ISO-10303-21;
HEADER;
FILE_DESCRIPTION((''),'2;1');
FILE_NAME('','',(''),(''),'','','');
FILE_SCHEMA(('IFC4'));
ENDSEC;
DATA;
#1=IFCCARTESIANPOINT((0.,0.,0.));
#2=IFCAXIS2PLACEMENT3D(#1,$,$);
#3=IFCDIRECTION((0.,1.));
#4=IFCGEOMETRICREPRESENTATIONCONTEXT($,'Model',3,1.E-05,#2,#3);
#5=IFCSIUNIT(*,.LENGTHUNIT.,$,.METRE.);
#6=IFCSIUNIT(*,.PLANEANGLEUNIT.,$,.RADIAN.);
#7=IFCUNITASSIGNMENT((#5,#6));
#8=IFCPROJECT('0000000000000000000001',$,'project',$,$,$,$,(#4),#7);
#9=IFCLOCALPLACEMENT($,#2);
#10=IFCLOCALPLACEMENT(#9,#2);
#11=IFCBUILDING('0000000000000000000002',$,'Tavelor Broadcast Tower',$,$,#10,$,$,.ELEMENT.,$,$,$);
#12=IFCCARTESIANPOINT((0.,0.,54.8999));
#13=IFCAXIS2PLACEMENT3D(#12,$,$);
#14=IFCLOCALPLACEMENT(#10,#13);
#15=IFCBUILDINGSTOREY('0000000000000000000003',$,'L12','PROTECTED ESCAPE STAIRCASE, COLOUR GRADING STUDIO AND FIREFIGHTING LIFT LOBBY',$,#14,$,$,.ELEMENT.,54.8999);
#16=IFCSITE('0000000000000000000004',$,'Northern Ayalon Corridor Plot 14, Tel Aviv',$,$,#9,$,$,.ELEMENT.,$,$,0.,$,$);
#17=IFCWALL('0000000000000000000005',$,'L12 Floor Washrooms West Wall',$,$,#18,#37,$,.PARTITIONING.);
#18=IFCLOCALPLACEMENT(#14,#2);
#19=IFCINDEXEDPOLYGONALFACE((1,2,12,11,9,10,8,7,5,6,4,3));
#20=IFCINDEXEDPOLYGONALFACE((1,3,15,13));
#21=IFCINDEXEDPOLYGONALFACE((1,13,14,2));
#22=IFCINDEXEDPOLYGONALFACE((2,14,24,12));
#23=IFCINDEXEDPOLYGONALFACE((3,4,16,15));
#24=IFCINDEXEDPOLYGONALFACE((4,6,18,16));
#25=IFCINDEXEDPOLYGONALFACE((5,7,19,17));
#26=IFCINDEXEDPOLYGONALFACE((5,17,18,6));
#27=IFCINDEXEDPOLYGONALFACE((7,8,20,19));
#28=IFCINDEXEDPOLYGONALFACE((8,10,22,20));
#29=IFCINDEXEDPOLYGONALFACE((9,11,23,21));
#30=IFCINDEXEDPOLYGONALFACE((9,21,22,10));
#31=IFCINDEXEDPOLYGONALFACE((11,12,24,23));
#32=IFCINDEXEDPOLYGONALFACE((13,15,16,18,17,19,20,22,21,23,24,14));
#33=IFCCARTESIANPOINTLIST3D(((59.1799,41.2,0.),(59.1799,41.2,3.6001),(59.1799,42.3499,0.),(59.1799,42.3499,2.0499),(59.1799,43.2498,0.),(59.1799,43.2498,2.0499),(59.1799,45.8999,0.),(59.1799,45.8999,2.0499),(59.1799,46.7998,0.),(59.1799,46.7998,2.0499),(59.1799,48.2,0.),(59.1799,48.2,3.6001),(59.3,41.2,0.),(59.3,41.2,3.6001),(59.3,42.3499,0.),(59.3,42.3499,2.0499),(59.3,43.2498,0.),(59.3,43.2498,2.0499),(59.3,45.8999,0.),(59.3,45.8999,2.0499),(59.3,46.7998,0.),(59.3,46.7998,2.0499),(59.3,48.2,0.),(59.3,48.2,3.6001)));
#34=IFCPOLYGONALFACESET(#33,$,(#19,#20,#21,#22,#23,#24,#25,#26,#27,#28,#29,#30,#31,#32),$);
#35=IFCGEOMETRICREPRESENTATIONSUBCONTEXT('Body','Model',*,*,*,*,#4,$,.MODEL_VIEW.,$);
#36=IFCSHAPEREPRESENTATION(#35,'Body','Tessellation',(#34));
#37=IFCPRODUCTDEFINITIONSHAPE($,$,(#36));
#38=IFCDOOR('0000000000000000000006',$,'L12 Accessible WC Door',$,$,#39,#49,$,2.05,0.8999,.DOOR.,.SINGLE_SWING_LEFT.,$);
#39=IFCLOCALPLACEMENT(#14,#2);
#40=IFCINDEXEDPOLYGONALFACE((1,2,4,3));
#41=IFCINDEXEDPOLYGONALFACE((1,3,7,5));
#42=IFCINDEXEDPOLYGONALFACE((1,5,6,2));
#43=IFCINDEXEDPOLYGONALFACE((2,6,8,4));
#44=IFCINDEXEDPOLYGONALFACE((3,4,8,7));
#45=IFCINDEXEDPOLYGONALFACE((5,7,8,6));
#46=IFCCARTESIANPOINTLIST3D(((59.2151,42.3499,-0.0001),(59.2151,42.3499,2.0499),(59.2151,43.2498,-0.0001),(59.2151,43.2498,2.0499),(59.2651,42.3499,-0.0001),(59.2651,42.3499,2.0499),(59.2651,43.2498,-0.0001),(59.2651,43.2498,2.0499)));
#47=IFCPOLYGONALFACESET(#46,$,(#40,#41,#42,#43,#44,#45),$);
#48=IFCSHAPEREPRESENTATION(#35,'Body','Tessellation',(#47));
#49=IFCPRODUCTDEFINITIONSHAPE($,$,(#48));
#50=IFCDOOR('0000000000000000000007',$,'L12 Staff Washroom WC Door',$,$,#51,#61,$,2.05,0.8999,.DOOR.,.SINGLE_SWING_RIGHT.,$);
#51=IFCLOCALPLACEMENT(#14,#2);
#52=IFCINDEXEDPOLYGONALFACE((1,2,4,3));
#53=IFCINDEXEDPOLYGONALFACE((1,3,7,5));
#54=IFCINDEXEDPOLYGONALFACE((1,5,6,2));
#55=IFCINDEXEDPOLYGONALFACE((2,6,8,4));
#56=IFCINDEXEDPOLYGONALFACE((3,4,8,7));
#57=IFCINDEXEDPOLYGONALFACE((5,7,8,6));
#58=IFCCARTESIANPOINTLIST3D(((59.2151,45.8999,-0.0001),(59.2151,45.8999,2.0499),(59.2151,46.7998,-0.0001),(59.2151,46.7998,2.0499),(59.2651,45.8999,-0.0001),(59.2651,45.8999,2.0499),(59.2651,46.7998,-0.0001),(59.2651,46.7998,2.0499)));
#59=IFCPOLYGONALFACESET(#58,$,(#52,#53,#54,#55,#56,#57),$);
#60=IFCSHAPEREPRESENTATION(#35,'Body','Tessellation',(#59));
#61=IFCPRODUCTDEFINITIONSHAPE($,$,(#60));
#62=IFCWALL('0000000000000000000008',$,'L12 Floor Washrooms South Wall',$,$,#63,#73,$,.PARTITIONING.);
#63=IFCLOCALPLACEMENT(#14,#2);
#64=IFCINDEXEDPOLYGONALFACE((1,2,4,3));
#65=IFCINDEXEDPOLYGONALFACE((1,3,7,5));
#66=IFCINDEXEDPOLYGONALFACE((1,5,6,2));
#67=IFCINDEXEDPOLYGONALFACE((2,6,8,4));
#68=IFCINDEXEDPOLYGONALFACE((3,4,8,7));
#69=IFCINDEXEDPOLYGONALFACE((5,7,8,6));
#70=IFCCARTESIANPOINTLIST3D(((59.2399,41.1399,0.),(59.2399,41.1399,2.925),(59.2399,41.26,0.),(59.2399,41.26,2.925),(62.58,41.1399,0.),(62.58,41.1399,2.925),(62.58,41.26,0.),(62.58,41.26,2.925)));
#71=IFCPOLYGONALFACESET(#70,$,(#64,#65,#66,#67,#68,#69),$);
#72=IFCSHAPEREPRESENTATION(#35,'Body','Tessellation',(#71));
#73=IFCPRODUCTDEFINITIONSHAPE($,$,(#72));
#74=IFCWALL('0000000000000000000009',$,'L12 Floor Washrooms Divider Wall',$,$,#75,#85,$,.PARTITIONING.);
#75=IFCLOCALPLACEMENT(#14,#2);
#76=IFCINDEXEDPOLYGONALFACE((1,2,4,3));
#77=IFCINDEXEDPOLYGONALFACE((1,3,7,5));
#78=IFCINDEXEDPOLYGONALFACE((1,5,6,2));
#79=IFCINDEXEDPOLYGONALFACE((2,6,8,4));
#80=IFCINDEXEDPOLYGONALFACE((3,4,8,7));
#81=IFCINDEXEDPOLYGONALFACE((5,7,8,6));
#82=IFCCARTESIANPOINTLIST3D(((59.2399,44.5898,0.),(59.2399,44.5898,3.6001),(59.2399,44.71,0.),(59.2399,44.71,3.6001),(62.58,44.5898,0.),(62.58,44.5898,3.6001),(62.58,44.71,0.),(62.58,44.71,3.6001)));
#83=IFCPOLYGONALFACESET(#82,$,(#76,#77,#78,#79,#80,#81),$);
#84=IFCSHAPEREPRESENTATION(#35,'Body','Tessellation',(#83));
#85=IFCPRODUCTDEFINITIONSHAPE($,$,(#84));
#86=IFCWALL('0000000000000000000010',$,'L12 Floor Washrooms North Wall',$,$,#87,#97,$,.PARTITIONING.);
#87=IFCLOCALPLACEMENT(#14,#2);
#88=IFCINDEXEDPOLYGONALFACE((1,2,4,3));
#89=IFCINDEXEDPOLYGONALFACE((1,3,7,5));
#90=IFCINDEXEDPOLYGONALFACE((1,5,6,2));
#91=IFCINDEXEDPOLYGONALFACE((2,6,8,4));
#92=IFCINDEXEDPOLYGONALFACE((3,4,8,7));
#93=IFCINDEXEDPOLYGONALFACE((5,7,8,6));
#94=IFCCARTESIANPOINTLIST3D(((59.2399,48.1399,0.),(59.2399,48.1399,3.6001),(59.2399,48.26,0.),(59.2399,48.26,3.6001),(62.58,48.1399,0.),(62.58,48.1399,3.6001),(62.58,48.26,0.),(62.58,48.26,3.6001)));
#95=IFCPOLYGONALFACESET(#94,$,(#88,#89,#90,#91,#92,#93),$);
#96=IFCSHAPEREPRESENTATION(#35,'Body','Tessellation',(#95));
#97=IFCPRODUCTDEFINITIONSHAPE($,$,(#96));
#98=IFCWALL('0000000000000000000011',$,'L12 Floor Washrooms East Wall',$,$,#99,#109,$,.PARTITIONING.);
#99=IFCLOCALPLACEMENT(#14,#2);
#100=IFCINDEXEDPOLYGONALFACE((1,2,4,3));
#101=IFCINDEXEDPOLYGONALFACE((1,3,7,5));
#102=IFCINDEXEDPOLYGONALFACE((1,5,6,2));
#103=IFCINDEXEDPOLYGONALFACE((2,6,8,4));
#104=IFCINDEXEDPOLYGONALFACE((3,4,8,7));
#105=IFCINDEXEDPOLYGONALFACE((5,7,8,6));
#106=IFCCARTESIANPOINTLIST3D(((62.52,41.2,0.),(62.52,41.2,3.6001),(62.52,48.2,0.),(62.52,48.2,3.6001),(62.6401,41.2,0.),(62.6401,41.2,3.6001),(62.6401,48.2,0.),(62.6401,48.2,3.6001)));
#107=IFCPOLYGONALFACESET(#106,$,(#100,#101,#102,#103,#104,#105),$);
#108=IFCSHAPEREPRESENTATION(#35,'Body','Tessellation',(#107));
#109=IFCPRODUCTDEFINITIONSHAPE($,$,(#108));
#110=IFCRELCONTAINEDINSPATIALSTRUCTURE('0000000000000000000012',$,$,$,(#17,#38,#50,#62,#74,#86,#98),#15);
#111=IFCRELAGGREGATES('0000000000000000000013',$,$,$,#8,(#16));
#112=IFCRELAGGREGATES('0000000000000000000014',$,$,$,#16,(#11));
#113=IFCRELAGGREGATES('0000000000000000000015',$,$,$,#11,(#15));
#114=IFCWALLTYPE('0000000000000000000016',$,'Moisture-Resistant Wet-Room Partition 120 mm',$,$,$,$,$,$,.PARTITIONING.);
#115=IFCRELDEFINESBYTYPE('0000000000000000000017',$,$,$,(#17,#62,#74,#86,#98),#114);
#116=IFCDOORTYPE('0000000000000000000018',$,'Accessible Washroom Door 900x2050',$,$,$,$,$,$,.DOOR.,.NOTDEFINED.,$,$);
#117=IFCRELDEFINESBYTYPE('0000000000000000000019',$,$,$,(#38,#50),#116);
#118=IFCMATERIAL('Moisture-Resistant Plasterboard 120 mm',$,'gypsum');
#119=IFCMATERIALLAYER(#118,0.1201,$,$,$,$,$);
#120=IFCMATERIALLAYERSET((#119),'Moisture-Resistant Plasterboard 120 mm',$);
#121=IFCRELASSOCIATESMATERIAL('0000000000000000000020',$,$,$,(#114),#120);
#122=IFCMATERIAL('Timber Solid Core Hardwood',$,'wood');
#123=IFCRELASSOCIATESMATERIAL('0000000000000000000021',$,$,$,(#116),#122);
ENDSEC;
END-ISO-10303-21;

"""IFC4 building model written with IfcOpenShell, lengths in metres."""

from ifc_helpers import new_model, si_unit, direction, frame, frame_2d, origin, place, context, subcontext, project, spatial, rectangle, extrude, material, layer, layer_set, type_object, element, fill, save


model = new_model("IFC4")

# Units and contexts
model_context = context("Model", 3, precision=1e-05, world=origin(), true_north=direction((0.0, 1.0)))
body_context = subcontext(model_context, "Body", "Model", "MODEL_VIEW")
ifc_project = project(units=[si_unit("LENGTHUNIT", "METRE"), si_unit("PLANEANGLEUNIT", "RADIAN")], contexts=[model_context])

# Site, building, storey
site_placement = place(None, origin())
site = spatial("IfcSite", under=ifc_project, at=site_placement, Name="Northern Ayalon Corridor Plot 14, Tel Aviv", CompositionType="ELEMENT", RefElevation=0.0)
building_placement = place(site_placement, origin())
building = spatial("IfcBuilding", under=site, at=building_placement, Name="Tavelor Broadcast Tower", CompositionType="ELEMENT")
storey_placement = place(building_placement, frame((0.0, 0.0, 54.8999)))
storey = spatial("IfcBuildingStorey", under=building, at=storey_placement, Name="L12", Description="PROTECTED ESCAPE STAIRCASE, COLOUR GRADING STUDIO AND FIREFIGHTING LIFT LOBBY", CompositionType="ELEMENT", Elevation=54.8999)

# Shared definitions
ifc_material_1 = material(Name="Timber Solid Core Hardwood", Category="wood")

# Wall, openings, doors
ifc_material_2 = material(Name="Moisture-Resistant Plasterboard 120 mm", Category="gypsum")
ifc_layer_1 = layer(ifc_material_2, 0.1201)
ifc_layer_set_1 = layer_set([ifc_layer_1], Name="Moisture-Resistant Plasterboard 120 mm")
wall_type_1 = type_object("IfcWallType", Name="Moisture-Resistant Wet-Room Partition 120 mm", PredefinedType="PARTITIONING", material=ifc_layer_set_1)
wall_1_placement = place(storey_placement, frame((59.24, 41.2, 0.0), z_axis=(0.0, 0.0, 1.0), x_axis=(0.0, 1.0, 0.0)))
wall_1 = element("IfcWall", 1, at=wall_1_placement, inside=storey, type_object=wall_type_1, Name="L12 Floor Washrooms West Wall", PredefinedType="PARTITIONING", context=body_context, shape_type="SweptSolid", body=[
    extrude(rectangle(XDim=7.0, YDim=0.1201, at=frame_2d((3.5, 0.0))), origin(), (0.0, 0.0, 1.0), 3.6001),
])
opening_1_placement = place(wall_1_placement, frame((1.1499, 0.0, 0.0)))
opening_1 = element("IfcOpeningElement", 2, at=opening_1_placement, cuts=wall_1, PredefinedType="OPENING", context=body_context, shape_type="SweptSolid", body=[
    extrude(rectangle(XDim=0.8999, YDim=2.05, at=frame_2d((0.45, 1.0249))), frame((0.0, 0.0701, 0.0), z_axis=(0.0, -1.0, 0.0), x_axis=(1.0, 0.0, 0.0)), (0.0, 0.0, 1.0), 0.1401),
])
opening_2_placement = place(wall_1_placement, frame((4.7, 0.0, 0.0)))
opening_2 = element("IfcOpeningElement", 3, at=opening_2_placement, cuts=wall_1, PredefinedType="OPENING", context=body_context, shape_type="SweptSolid", body=[
    extrude(rectangle(XDim=0.8999, YDim=2.05, at=frame_2d((0.45, 1.0249))), frame((0.0, 0.0701, 0.0), z_axis=(0.0, -1.0, 0.0), x_axis=(1.0, 0.0, 0.0)), (0.0, 0.0, 1.0), 0.1401),
])
door_type_1 = type_object("IfcDoorType", Name="Accessible Washroom Door 900x2050", OperationType="NOTDEFINED", PredefinedType="DOOR", material=ifc_material_1)
door_1_placement = place(opening_1_placement, origin())
door_1 = element("IfcDoor", 4, at=door_1_placement, inside=storey, type_object=door_type_1, Name="L12 Accessible WC Door", OperationType="SINGLE_SWING_LEFT", OverallHeight=2.05, OverallWidth=0.8999, PredefinedType="DOOR", context=body_context, shape_type="SweptSolid", body=[
    extrude(rectangle(XDim=0.8999, YDim=2.05, at=frame_2d((0.45, 1.0249))), frame((0.0, 0.0249, 0.0), z_axis=(0.0, -1.0, 0.0), x_axis=(1.0, 0.0, 0.0)), (0.0, 0.0, 1.0), 0.05),
])
fill(opening_1, door_1)
door_2_placement = place(opening_2_placement, origin())
door_2 = element("IfcDoor", 5, at=door_2_placement, inside=storey, type_object=door_type_1, Name="L12 Staff Washroom WC Door", OperationType="SINGLE_SWING_RIGHT", OverallHeight=2.05, OverallWidth=0.8999, PredefinedType="DOOR", context=body_context, shape_type="SweptSolid", body=[
    extrude(rectangle(XDim=0.8999, YDim=2.05, at=frame_2d((0.45, 1.0249))), frame((0.0, 0.0249, 0.0), z_axis=(0.0, -1.0, 0.0), x_axis=(1.0, 0.0, 0.0)), (0.0, 0.0, 1.0), 0.05),
])
fill(opening_2, door_2)

# Walls
wall_2_placement = place(storey_placement, frame((59.24, 41.2, 0.0), z_axis=(0.0, 0.0, 1.0), x_axis=(1.0, 0.0, 0.0)))
element("IfcWall", 6, at=wall_2_placement, inside=storey, type_object=wall_type_1, Name="L12 Floor Washrooms South Wall", PredefinedType="PARTITIONING", context=body_context, shape_type="SweptSolid", body=[
    extrude(rectangle(XDim=3.3401, YDim=0.1201, at=frame_2d((1.6699, 0.0))), origin(), (0.0, 0.0, 1.0), 2.925),
])
for number, where, z_axis, x_axis, name in (
    (7, (59.24, 44.6499, 0.0), (0.0, 0.0, 1.0), (1.0, 0.0, 0.0), "L12 Floor Washrooms Divider Wall"),
    (8, (59.24, 48.2, 0.0), (0.0, 0.0, 1.0), (1.0, 0.0, 0.0), "L12 Floor Washrooms North Wall"),
):
    element("IfcWall", number, at=place(storey_placement, frame(where, z_axis=z_axis, x_axis=x_axis)), inside=storey, type_object=wall_type_1, Name=name, PredefinedType="PARTITIONING", context=body_context, shape_type="SweptSolid", body=[
        extrude(rectangle(XDim=3.3401, YDim=0.1201, at=frame_2d((1.6699, 0.0))), origin(), (0.0, 0.0, 1.0), 3.6001),
    ])
wall_3_placement = place(storey_placement, frame((62.5801, 41.2, 0.0), z_axis=(0.0, 0.0, 1.0), x_axis=(0.0, 1.0, 0.0)))
element("IfcWall", 9, at=wall_3_placement, inside=storey, type_object=wall_type_1, Name="L12 Floor Washrooms East Wall", PredefinedType="PARTITIONING", context=body_context, shape_type="SweptSolid", body=[
    extrude(rectangle(XDim=7.0, YDim=0.1201, at=frame_2d((3.5, 0.0))), origin(), (0.0, 0.0, 1.0), 3.6001),
])

save(model, "model.ifc")
